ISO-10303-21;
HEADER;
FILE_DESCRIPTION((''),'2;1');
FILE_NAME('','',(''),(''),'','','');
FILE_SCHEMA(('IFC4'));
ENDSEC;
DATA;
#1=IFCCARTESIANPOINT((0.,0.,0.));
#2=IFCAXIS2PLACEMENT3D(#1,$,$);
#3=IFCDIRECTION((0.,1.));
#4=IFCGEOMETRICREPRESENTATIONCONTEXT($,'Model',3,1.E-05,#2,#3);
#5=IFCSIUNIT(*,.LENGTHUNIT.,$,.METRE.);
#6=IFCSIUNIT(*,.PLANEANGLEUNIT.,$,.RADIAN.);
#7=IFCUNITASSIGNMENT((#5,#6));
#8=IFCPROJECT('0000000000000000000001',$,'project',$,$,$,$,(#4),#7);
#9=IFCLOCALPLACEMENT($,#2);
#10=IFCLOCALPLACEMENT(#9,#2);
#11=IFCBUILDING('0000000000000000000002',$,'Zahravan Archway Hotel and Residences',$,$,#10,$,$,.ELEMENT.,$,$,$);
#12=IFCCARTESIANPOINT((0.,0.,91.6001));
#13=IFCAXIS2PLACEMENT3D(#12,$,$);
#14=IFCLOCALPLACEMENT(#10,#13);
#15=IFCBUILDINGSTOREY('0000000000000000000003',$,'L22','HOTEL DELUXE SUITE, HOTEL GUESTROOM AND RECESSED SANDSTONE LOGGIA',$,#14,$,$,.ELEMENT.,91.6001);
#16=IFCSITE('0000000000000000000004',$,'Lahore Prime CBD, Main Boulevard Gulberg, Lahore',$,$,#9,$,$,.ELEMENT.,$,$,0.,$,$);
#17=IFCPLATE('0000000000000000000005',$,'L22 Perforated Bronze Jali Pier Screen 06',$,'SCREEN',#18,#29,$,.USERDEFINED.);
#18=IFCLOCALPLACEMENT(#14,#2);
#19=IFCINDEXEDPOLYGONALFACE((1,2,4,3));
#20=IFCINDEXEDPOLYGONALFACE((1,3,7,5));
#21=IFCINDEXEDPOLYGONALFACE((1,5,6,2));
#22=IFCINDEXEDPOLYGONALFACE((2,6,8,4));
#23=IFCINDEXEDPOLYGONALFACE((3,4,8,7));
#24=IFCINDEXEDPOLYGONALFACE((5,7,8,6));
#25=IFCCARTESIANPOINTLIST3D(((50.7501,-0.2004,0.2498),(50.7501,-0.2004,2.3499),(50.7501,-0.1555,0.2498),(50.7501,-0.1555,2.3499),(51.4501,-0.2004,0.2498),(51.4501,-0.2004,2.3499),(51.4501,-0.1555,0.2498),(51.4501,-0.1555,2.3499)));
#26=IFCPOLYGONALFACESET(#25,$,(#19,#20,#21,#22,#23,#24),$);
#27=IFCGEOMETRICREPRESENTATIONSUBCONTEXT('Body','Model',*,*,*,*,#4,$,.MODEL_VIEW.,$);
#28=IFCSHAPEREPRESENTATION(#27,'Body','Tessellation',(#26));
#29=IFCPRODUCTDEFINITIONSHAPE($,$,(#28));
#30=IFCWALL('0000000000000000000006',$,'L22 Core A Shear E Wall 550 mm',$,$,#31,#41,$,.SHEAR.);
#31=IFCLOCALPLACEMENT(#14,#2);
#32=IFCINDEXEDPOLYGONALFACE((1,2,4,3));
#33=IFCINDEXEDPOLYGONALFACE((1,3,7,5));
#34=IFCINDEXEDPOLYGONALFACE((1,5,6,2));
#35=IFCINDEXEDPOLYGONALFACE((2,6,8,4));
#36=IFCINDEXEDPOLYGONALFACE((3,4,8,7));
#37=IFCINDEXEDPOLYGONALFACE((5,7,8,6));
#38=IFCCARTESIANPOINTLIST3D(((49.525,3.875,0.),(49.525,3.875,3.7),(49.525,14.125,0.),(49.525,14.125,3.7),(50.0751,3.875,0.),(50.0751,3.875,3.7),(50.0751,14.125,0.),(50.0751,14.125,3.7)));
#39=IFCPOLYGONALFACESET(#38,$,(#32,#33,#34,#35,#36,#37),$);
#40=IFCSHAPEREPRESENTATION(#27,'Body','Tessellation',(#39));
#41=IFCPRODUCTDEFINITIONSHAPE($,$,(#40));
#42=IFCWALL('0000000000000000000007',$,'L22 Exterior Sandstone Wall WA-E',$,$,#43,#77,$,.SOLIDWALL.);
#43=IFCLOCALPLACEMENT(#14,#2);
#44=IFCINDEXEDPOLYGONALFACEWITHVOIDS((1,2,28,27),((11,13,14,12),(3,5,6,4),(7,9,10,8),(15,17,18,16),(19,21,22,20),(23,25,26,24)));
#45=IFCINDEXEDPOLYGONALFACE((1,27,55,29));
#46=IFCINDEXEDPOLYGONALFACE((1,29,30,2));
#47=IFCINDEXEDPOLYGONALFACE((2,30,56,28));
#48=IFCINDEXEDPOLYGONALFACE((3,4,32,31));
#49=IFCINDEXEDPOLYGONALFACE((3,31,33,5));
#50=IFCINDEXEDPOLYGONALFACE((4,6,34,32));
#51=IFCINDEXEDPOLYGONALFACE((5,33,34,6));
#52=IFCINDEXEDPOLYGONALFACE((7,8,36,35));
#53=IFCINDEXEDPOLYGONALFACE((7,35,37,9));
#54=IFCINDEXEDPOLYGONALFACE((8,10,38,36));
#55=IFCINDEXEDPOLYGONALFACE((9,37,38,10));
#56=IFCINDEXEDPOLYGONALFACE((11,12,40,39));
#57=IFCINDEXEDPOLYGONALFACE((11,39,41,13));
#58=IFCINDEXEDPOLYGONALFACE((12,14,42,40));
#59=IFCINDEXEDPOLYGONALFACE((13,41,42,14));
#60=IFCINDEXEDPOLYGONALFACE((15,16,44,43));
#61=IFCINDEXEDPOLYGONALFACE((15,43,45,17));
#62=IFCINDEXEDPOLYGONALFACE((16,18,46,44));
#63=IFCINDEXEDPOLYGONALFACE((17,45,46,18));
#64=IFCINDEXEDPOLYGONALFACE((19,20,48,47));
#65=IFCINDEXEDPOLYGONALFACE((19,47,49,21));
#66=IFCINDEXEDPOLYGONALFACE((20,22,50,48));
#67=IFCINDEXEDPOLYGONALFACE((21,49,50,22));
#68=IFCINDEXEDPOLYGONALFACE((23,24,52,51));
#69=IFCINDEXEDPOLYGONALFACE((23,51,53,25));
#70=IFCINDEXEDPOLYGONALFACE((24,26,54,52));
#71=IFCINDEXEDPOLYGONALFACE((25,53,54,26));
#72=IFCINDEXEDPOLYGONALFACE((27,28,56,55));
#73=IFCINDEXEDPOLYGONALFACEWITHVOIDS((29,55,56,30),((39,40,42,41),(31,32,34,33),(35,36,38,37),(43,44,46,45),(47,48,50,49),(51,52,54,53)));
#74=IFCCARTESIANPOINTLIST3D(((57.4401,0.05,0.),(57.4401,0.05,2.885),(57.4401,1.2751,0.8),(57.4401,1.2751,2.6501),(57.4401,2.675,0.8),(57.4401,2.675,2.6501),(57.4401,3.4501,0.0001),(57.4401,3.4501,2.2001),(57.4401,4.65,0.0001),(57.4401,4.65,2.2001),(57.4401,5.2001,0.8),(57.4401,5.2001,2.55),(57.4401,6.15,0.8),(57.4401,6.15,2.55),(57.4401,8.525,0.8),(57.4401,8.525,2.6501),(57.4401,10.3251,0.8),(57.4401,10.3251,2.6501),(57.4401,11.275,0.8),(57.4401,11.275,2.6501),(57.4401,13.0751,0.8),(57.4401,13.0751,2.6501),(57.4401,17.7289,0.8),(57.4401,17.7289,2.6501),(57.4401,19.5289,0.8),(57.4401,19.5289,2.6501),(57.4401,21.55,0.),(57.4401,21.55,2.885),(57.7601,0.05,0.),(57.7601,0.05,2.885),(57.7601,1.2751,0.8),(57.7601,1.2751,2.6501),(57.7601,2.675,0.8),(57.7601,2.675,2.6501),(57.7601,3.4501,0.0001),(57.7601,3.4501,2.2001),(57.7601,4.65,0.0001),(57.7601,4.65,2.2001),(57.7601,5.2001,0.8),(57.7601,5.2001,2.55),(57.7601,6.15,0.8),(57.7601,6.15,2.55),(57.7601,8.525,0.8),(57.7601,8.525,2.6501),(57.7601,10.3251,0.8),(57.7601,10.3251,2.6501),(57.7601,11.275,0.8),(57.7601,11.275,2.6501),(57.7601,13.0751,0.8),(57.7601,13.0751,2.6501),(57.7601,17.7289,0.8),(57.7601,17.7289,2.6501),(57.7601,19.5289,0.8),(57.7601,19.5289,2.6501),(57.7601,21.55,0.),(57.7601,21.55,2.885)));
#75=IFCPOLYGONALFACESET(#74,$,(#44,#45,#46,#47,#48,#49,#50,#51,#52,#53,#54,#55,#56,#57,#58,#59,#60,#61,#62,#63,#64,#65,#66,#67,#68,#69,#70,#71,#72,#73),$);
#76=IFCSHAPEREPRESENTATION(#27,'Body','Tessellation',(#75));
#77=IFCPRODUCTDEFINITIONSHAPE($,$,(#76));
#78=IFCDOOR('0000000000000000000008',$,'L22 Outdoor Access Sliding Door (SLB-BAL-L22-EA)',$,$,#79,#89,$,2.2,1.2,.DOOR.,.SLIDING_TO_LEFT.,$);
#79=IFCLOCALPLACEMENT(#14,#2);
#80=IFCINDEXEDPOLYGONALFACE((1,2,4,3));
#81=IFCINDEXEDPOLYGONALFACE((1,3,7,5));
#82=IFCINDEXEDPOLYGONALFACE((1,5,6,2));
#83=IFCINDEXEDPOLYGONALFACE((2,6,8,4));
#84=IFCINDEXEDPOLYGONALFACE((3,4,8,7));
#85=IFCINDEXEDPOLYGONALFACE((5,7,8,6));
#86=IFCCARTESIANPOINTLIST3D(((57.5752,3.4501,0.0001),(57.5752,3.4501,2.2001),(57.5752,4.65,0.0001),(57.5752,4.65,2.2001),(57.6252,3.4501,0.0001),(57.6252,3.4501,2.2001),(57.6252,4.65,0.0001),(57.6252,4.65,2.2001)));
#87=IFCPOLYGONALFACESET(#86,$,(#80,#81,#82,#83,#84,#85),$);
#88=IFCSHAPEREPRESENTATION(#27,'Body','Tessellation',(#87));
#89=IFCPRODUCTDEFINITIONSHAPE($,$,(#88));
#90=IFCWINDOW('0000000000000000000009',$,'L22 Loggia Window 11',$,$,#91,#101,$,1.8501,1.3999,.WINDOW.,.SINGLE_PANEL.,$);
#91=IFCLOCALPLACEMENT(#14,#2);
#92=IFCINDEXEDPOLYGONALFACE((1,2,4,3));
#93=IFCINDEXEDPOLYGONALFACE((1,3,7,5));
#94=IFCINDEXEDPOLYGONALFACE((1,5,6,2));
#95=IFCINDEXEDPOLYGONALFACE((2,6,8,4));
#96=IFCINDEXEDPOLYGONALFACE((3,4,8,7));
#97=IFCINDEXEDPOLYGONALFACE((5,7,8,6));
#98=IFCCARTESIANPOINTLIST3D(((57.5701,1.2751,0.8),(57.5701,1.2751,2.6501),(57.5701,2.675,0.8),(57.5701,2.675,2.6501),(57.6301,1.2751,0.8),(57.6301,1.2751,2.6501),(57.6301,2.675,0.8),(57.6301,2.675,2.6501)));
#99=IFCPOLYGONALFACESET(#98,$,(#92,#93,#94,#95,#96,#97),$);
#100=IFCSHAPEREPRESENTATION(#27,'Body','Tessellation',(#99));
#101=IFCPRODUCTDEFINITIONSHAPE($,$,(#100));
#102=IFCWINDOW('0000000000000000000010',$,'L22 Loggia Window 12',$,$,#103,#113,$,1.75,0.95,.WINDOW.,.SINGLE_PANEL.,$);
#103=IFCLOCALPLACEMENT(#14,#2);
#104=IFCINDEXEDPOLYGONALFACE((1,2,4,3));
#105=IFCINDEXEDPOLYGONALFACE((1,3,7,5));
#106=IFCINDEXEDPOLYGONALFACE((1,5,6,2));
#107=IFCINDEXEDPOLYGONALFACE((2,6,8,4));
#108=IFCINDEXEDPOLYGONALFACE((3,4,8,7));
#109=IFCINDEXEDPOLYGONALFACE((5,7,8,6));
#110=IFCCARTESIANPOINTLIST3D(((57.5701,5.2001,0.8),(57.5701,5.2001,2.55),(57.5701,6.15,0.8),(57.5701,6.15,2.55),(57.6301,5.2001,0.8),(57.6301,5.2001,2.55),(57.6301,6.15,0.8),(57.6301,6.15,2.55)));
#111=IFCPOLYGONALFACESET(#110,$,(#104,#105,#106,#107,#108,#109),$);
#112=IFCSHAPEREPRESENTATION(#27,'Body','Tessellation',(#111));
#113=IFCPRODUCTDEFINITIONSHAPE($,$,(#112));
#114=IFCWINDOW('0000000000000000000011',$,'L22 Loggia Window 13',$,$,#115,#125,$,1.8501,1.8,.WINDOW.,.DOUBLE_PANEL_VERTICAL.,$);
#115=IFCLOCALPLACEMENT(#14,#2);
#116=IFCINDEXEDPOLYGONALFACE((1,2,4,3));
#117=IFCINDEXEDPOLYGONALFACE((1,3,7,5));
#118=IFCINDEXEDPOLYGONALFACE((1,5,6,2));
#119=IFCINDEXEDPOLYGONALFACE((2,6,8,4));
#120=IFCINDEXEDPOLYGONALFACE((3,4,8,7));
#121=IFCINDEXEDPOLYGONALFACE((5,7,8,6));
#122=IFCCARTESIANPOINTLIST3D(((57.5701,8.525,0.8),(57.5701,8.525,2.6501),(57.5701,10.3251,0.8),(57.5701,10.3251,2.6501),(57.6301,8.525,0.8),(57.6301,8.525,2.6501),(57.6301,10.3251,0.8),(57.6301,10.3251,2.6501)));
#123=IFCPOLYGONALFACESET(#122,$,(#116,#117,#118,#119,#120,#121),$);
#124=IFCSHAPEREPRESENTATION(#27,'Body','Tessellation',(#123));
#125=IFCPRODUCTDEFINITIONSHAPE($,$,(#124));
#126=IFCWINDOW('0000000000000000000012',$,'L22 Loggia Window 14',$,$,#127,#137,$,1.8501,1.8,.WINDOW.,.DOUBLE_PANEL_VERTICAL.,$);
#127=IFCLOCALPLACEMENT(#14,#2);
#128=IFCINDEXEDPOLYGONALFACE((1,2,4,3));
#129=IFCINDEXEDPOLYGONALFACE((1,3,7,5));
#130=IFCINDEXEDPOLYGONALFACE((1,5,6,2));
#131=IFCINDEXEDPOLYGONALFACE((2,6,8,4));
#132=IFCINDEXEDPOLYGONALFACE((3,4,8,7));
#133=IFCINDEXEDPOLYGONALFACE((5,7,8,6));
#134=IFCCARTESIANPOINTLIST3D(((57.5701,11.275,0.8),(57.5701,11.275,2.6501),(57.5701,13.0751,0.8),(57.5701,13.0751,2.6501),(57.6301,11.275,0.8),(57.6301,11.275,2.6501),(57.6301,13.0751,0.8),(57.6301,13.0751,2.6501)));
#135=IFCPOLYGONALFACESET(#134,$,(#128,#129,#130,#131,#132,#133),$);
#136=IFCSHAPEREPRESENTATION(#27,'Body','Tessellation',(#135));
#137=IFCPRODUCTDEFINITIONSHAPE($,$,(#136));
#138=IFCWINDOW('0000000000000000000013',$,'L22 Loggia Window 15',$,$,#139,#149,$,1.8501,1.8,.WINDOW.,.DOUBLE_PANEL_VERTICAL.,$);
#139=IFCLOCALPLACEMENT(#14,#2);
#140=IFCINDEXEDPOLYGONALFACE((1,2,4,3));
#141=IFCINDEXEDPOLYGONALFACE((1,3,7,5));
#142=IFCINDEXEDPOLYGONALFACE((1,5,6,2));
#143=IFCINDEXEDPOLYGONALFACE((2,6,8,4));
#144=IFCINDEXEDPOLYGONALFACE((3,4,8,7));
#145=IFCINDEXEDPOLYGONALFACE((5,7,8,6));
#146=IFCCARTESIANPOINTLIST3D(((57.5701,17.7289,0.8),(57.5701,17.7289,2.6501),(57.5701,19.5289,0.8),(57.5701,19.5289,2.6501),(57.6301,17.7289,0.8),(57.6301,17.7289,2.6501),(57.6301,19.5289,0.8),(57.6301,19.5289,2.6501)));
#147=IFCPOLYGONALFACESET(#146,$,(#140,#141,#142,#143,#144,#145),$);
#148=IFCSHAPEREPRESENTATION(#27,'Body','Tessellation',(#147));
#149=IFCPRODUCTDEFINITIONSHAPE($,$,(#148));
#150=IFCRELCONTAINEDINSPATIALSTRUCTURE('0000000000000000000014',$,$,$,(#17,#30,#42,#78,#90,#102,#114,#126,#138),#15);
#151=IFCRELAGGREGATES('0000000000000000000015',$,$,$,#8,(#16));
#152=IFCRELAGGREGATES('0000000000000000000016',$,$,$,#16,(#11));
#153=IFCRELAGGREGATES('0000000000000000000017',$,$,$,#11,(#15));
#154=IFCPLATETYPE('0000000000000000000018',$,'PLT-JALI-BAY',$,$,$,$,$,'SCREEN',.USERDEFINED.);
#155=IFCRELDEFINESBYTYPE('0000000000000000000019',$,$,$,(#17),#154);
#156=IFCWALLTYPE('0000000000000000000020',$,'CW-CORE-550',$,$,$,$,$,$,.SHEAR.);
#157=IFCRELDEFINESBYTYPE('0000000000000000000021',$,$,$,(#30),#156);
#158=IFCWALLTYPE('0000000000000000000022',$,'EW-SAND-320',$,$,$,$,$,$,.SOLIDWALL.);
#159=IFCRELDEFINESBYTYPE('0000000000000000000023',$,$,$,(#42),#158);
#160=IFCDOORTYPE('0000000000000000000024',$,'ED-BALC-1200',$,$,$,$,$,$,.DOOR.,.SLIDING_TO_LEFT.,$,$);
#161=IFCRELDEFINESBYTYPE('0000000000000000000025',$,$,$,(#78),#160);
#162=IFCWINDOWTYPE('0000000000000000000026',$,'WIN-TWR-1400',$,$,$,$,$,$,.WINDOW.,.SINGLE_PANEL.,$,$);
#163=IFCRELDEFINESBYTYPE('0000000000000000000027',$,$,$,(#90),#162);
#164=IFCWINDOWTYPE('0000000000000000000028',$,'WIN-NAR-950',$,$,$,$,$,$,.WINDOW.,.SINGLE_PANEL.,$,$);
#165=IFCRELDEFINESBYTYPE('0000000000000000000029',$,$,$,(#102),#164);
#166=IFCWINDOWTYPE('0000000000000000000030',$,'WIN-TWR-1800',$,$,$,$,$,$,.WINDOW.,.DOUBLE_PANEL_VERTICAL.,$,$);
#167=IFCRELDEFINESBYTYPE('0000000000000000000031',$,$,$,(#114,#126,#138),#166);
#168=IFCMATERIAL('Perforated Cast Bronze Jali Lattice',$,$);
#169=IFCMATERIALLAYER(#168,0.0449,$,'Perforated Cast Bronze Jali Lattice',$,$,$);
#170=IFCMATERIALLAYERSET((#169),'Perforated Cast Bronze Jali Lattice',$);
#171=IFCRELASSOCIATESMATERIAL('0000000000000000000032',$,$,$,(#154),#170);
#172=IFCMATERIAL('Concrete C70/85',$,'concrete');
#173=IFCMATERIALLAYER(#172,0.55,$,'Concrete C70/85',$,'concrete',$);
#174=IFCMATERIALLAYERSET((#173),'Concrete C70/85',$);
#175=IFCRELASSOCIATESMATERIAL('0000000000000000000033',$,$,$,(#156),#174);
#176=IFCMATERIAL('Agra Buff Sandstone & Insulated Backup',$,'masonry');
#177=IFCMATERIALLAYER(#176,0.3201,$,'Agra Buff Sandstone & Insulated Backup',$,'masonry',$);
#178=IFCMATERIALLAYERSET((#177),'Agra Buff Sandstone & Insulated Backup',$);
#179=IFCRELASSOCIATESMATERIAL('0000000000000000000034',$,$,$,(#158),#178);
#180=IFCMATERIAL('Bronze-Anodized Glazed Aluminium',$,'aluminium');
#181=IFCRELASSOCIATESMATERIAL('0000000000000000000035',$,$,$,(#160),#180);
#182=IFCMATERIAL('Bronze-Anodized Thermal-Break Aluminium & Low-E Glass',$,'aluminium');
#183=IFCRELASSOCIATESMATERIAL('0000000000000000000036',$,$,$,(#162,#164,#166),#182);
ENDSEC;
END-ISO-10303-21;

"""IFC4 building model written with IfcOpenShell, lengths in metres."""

from ifc_helpers import new_model, si_unit, direction, frame, frame_2d, origin, origin_2d, place, context, subcontext, project, spatial, rectangle, extrude, source, transform, mapped, material, layer, layer_set, type_object, type_shapes, element, fill, save


model = new_model("IFC4")

# Units and contexts
model_context = context("Model", 3, precision=1e-05, world=origin(), true_north=direction((0.0, 1.0)))
body_context = subcontext(model_context, "Body", "Model", "MODEL_VIEW")
ifc_project = project(units=[si_unit("LENGTHUNIT", "METRE"), si_unit("PLANEANGLEUNIT", "RADIAN")], contexts=[model_context])

# Site, building, storey
site_placement = place(None, origin())
site = spatial("IfcSite", under=ifc_project, at=site_placement, Name="Lahore Prime CBD, Main Boulevard Gulberg, Lahore", CompositionType="ELEMENT", RefElevation=0.0)
building_placement = place(site_placement, origin())
building = spatial("IfcBuilding", under=site, at=building_placement, Name="Zahravan Archway Hotel and Residences", CompositionType="ELEMENT")
storey_placement = place(building_placement, frame((0.0, 0.0, 91.6001)))
storey = spatial("IfcBuildingStorey", under=building, at=storey_placement, Name="L22", Description="HOTEL DELUXE SUITE, HOTEL GUESTROOM AND RECESSED SANDSTONE LOGGIA", CompositionType="ELEMENT", Elevation=91.6001)

# Shared definitions
ifc_material_1 = material(Name="Concrete C70/85", Category="concrete")

# Plate
ifc_material_2 = material(Name="Perforated Cast Bronze Jali Lattice")
ifc_layer_1 = layer(ifc_material_2, 0.0449, Name="Perforated Cast Bronze Jali Lattice")
ifc_layer_set_1 = layer_set([ifc_layer_1], Name="Perforated Cast Bronze Jali Lattice")
plate_type = type_object("IfcPlateType", Name="PLT-JALI-BAY", ElementType="SCREEN", PredefinedType="USERDEFINED", material=ifc_layer_set_1)
shared_shape_1 = source(origin(), body_context, "Body", "SweptSolid", [
    extrude(rectangle(XDim=0.7, YDim=0.0449, at=origin_2d()), origin(), (0.0, 0.0, 1.0), 2.1001),
])
type_shapes(plate_type, [shared_shape_1])
plate_placement = place(storey_placement, frame((51.1001, -0.178, 0.2498), z_axis=(0.0, 0.0, 1.0), x_axis=(1.0, 0.0, 0.0)))
element("IfcPlate", 1, at=plate_placement, inside=storey, type_object=plate_type, Name="L22 Perforated Bronze Jali Pier Screen 06", ObjectType="SCREEN", PredefinedType="USERDEFINED", context=body_context, shape_type="MappedRepresentation", body=[
    mapped(shared_shape_1, transform((0.0, 0.0, 0.0), scale=1.0)),
])

# Wall
ifc_layer_2 = layer(ifc_material_1, 0.55, Name="Concrete C70/85", Category="concrete")
ifc_layer_set_2 = layer_set([ifc_layer_2], Name="Concrete C70/85")
wall_type_1 = type_object("IfcWallType", Name="CW-CORE-550", PredefinedType="SHEAR", material=ifc_layer_set_2)
wall_1_placement = place(storey_placement, frame((49.8, 3.875, 0.0), z_axis=(0.0, 0.0, 1.0), x_axis=(0.0, 1.0, 0.0)))
element("IfcWall", 2, at=wall_1_placement, inside=storey, type_object=wall_type_1, Name="L22 Core A Shear E Wall 550 mm", PredefinedType="SHEAR", context=body_context, shape_type="SweptSolid", body=[
    extrude(rectangle(XDim=10.25, YDim=0.55, at=frame_2d((5.125, 0.0))), origin(), (0.0, 0.0, 1.0), 3.7),
])

# Wall, openings, door, windows
ifc_material_3 = material(Name="Agra Buff Sandstone & Insulated Backup", Category="masonry")
ifc_layer_3 = layer(ifc_material_3, 0.3201, Name="Agra Buff Sandstone & Insulated Backup", Category="masonry")
ifc_layer_set_3 = layer_set([ifc_layer_3], Name="Agra Buff Sandstone & Insulated Backup")
wall_type_2 = type_object("IfcWallType", Name="EW-SAND-320", PredefinedType="SOLIDWALL", material=ifc_layer_set_3)
wall_2_placement = place(storey_placement, frame((57.6001, 0.05, 0.0), z_axis=(0.0, 0.0, 1.0), x_axis=(0.0, 1.0, 0.0)))
wall_2 = element("IfcWall", 3, at=wall_2_placement, inside=storey, type_object=wall_type_2, Name="L22 Exterior Sandstone Wall WA-E", PredefinedType="SOLIDWALL", context=body_context, shape_type="SweptSolid", body=[
    extrude(rectangle(XDim=21.5, YDim=0.3201, at=frame_2d((10.75, 0.0))), origin(), (0.0, 0.0, 1.0), 2.885),
])
opening_1_placement = place(wall_2_placement, frame((3.3999, 0.0, 0.0)))
opening_1 = element("IfcOpeningElement", 4, at=opening_1_placement, cuts=wall_2, PredefinedType="OPENING", context=body_context, shape_type="SweptSolid", body=[
    extrude(rectangle(XDim=1.2, YDim=2.2, at=frame_2d((0.6001, 1.1001))), frame((0.0, 0.1699, 0.0), z_axis=(0.0, -1.0, 0.0), x_axis=(1.0, 0.0, 0.0)), (0.0, 0.0, 1.0), 0.3401),
])
opening_2_placement = place(wall_2_placement, frame((1.2251, 0.0, 0.8)))
opening_2 = element("IfcOpeningElement", 5, at=opening_2_placement, cuts=wall_2, PredefinedType="OPENING", context=body_context, shape_type="SweptSolid", body=[
    extrude(rectangle(XDim=1.3999, YDim=1.8501, at=frame_2d((0.7, 0.925))), frame((0.0, 0.1699, 0.0), z_axis=(0.0, -1.0, 0.0), x_axis=(1.0, 0.0, 0.0)), (0.0, 0.0, 1.0), 0.3401),
])
opening_3_placement = place(wall_2_placement, frame((5.1499, 0.0, 0.8)))
opening_3 = element("IfcOpeningElement", 6, at=opening_3_placement, cuts=wall_2, PredefinedType="OPENING", context=body_context, shape_type="SweptSolid", body=[
    extrude(rectangle(XDim=0.95, YDim=1.75, at=frame_2d((0.4751, 0.875))), frame((0.0, 0.1699, 0.0), z_axis=(0.0, -1.0, 0.0), x_axis=(1.0, 0.0, 0.0)), (0.0, 0.0, 1.0), 0.3401),
])
opening_4_placement = place(wall_2_placement, frame((8.4751, 0.0, 0.8)))
opening_4 = element("IfcOpeningElement", 7, at=opening_4_placement, cuts=wall_2, PredefinedType="OPENING", context=body_context, shape_type="SweptSolid", body=[
    extrude(rectangle(XDim=1.8, YDim=1.8501, at=frame_2d((0.8999, 0.925))), frame((0.0, 0.1699, 0.0), z_axis=(0.0, -1.0, 0.0), x_axis=(1.0, 0.0, 0.0)), (0.0, 0.0, 1.0), 0.3401),
])
opening_5_placement = place(wall_2_placement, frame((11.2251, 0.0, 0.8)))
opening_5 = element("IfcOpeningElement", 8, at=opening_5_placement, cuts=wall_2, PredefinedType="OPENING", context=body_context, shape_type="SweptSolid", body=[
    extrude(rectangle(XDim=1.8, YDim=1.8501, at=frame_2d((0.8999, 0.925))), frame((0.0, 0.1699, 0.0), z_axis=(0.0, -1.0, 0.0), x_axis=(1.0, 0.0, 0.0)), (0.0, 0.0, 1.0), 0.3401),
])
opening_6_placement = place(wall_2_placement, frame((17.679, 0.0, 0.8)))
opening_6 = element("IfcOpeningElement", 9, at=opening_6_placement, cuts=wall_2, PredefinedType="OPENING", context=body_context, shape_type="SweptSolid", body=[
    extrude(rectangle(XDim=1.8, YDim=1.8501, at=frame_2d((0.8999, 0.925))), frame((0.0, 0.1699, 0.0), z_axis=(0.0, -1.0, 0.0), x_axis=(1.0, 0.0, 0.0)), (0.0, 0.0, 1.0), 0.3401),
])
ifc_material_4 = material(Name="Bronze-Anodized Glazed Aluminium", Category="aluminium")
door_type_1 = type_object("IfcDoorType", Name="ED-BALC-1200", OperationType="SLIDING_TO_LEFT", PredefinedType="DOOR", material=ifc_material_4)
shared_shape_2 = source(origin(), body_context, "Body", "SweptSolid", [
    extrude(rectangle(XDim=1.2, YDim=2.2, at=frame_2d((0.6001, 1.1001))), frame((0.0, 0.0249, 0.0), z_axis=(0.0, -1.0, 0.0), x_axis=(1.0, 0.0, 0.0)), (0.0, 0.0, 1.0), 0.05),
])
type_shapes(door_type_1, [shared_shape_2])
door_1_placement = place(opening_1_placement, origin())
door_1 = element("IfcDoor", 10, at=door_1_placement, inside=storey, type_object=door_type_1, Name="L22 Outdoor Access Sliding Door (SLB-BAL-L22-EA)", OperationType="SLIDING_TO_LEFT", OverallHeight=2.2, OverallWidth=1.2, PredefinedType="DOOR", context=body_context, shape_type="MappedRepresentation", body=[
    mapped(shared_shape_2, transform((0.0, 0.0, 0.0), scale=1.0)),
])
fill(opening_1, door_1)
ifc_material_5 = material(Name="Bronze-Anodized Thermal-Break Aluminium & Low-E Glass", Category="aluminium")
window_type_1 = type_object("IfcWindowType", Name="WIN-TWR-1400", PartitioningType="SINGLE_PANEL", PredefinedType="WINDOW", material=ifc_material_5)
shared_shape_3 = source(origin(), body_context, "Body", "SweptSolid", [
    extrude(rectangle(XDim=1.3999, YDim=1.8501, at=frame_2d((0.7, 0.925))), frame((0.0, 0.03, 0.0), z_axis=(0.0, -1.0, 0.0), x_axis=(1.0, 0.0, 0.0)), (0.0, 0.0, 1.0), 0.0601),
])
type_shapes(window_type_1, [shared_shape_3])
window_1_placement = place(opening_2_placement, origin())
window_1 = element("IfcWindow", 11, at=window_1_placement, inside=storey, type_object=window_type_1, Name="L22 Loggia Window 11", OverallHeight=1.8501, OverallWidth=1.3999, PartitioningType="SINGLE_PANEL", PredefinedType="WINDOW", context=body_context, shape_type="MappedRepresentation", body=[
    mapped(shared_shape_3, transform((0.0, 0.0, 0.0), scale=1.0)),
])
fill(opening_2, window_1)
window_type_2 = type_object("IfcWindowType", Name="WIN-NAR-950", PartitioningType="SINGLE_PANEL", PredefinedType="WINDOW", material=ifc_material_5)
shared_shape_4 = source(origin(), body_context, "Body", "SweptSolid", [
    extrude(rectangle(XDim=0.95, YDim=1.75, at=frame_2d((0.4751, 0.875))), frame((0.0, 0.03, 0.0), z_axis=(0.0, -1.0, 0.0), x_axis=(1.0, 0.0, 0.0)), (0.0, 0.0, 1.0), 0.0601),
])
type_shapes(window_type_2, [shared_shape_4])
window_2_placement = place(opening_3_placement, origin())
window_2 = element("IfcWindow", 12, at=window_2_placement, inside=storey, type_object=window_type_2, Name="L22 Loggia Window 12", OverallHeight=1.75, OverallWidth=0.95, PartitioningType="SINGLE_PANEL", PredefinedType="WINDOW", context=body_context, shape_type="MappedRepresentation", body=[
    mapped(shared_shape_4, transform((0.0, 0.0, 0.0), scale=1.0)),
])
fill(opening_3, window_2)
window_type_3 = type_object("IfcWindowType", Name="WIN-TWR-1800", PartitioningType="DOUBLE_PANEL_VERTICAL", PredefinedType="WINDOW", material=ifc_material_5)
shared_shape_5 = source(origin(), body_context, "Body", "SweptSolid", [
    extrude(rectangle(XDim=1.8, YDim=1.8501, at=frame_2d((0.8999, 0.925))), frame((0.0, 0.03, 0.0), z_axis=(0.0, -1.0, 0.0), x_axis=(1.0, 0.0, 0.0)), (0.0, 0.0, 1.0), 0.0601),
])
type_shapes(window_type_3, [shared_shape_5])
window_3_placement = place(opening_4_placement, origin())
window_3 = element("IfcWindow", 13, at=window_3_placement, inside=storey, type_object=window_type_3, Name="L22 Loggia Window 13", OverallHeight=1.8501, OverallWidth=1.8, PartitioningType="DOUBLE_PANEL_VERTICAL", PredefinedType="WINDOW", context=body_context, shape_type="MappedRepresentation", body=[
    mapped(shared_shape_5, transform((0.0, 0.0, 0.0), scale=1.0)),
])
fill(opening_4, window_3)
window_4_placement = place(opening_5_placement, origin())
window_4 = element("IfcWindow", 14, at=window_4_placement, inside=storey, type_object=window_type_3, Name="L22 Loggia Window 14", OverallHeight=1.8501, OverallWidth=1.8, PartitioningType="DOUBLE_PANEL_VERTICAL", PredefinedType="WINDOW", context=body_context, shape_type="MappedRepresentation", body=[
    mapped(shared_shape_5, transform((0.0, 0.0, 0.0), scale=1.0)),
])
fill(opening_5, window_4)
window_5_placement = place(opening_6_placement, origin())
window_5 = element("IfcWindow", 15, at=window_5_placement, inside=storey, type_object=window_type_3, Name="L22 Loggia Window 15", OverallHeight=1.8501, OverallWidth=1.8, PartitioningType="DOUBLE_PANEL_VERTICAL", PredefinedType="WINDOW", context=body_context, shape_type="MappedRepresentation", body=[
    mapped(shared_shape_5, transform((0.0, 0.0, 0.0), scale=1.0)),
])
fill(opening_6, window_5)

save(model, "model.ifc")
